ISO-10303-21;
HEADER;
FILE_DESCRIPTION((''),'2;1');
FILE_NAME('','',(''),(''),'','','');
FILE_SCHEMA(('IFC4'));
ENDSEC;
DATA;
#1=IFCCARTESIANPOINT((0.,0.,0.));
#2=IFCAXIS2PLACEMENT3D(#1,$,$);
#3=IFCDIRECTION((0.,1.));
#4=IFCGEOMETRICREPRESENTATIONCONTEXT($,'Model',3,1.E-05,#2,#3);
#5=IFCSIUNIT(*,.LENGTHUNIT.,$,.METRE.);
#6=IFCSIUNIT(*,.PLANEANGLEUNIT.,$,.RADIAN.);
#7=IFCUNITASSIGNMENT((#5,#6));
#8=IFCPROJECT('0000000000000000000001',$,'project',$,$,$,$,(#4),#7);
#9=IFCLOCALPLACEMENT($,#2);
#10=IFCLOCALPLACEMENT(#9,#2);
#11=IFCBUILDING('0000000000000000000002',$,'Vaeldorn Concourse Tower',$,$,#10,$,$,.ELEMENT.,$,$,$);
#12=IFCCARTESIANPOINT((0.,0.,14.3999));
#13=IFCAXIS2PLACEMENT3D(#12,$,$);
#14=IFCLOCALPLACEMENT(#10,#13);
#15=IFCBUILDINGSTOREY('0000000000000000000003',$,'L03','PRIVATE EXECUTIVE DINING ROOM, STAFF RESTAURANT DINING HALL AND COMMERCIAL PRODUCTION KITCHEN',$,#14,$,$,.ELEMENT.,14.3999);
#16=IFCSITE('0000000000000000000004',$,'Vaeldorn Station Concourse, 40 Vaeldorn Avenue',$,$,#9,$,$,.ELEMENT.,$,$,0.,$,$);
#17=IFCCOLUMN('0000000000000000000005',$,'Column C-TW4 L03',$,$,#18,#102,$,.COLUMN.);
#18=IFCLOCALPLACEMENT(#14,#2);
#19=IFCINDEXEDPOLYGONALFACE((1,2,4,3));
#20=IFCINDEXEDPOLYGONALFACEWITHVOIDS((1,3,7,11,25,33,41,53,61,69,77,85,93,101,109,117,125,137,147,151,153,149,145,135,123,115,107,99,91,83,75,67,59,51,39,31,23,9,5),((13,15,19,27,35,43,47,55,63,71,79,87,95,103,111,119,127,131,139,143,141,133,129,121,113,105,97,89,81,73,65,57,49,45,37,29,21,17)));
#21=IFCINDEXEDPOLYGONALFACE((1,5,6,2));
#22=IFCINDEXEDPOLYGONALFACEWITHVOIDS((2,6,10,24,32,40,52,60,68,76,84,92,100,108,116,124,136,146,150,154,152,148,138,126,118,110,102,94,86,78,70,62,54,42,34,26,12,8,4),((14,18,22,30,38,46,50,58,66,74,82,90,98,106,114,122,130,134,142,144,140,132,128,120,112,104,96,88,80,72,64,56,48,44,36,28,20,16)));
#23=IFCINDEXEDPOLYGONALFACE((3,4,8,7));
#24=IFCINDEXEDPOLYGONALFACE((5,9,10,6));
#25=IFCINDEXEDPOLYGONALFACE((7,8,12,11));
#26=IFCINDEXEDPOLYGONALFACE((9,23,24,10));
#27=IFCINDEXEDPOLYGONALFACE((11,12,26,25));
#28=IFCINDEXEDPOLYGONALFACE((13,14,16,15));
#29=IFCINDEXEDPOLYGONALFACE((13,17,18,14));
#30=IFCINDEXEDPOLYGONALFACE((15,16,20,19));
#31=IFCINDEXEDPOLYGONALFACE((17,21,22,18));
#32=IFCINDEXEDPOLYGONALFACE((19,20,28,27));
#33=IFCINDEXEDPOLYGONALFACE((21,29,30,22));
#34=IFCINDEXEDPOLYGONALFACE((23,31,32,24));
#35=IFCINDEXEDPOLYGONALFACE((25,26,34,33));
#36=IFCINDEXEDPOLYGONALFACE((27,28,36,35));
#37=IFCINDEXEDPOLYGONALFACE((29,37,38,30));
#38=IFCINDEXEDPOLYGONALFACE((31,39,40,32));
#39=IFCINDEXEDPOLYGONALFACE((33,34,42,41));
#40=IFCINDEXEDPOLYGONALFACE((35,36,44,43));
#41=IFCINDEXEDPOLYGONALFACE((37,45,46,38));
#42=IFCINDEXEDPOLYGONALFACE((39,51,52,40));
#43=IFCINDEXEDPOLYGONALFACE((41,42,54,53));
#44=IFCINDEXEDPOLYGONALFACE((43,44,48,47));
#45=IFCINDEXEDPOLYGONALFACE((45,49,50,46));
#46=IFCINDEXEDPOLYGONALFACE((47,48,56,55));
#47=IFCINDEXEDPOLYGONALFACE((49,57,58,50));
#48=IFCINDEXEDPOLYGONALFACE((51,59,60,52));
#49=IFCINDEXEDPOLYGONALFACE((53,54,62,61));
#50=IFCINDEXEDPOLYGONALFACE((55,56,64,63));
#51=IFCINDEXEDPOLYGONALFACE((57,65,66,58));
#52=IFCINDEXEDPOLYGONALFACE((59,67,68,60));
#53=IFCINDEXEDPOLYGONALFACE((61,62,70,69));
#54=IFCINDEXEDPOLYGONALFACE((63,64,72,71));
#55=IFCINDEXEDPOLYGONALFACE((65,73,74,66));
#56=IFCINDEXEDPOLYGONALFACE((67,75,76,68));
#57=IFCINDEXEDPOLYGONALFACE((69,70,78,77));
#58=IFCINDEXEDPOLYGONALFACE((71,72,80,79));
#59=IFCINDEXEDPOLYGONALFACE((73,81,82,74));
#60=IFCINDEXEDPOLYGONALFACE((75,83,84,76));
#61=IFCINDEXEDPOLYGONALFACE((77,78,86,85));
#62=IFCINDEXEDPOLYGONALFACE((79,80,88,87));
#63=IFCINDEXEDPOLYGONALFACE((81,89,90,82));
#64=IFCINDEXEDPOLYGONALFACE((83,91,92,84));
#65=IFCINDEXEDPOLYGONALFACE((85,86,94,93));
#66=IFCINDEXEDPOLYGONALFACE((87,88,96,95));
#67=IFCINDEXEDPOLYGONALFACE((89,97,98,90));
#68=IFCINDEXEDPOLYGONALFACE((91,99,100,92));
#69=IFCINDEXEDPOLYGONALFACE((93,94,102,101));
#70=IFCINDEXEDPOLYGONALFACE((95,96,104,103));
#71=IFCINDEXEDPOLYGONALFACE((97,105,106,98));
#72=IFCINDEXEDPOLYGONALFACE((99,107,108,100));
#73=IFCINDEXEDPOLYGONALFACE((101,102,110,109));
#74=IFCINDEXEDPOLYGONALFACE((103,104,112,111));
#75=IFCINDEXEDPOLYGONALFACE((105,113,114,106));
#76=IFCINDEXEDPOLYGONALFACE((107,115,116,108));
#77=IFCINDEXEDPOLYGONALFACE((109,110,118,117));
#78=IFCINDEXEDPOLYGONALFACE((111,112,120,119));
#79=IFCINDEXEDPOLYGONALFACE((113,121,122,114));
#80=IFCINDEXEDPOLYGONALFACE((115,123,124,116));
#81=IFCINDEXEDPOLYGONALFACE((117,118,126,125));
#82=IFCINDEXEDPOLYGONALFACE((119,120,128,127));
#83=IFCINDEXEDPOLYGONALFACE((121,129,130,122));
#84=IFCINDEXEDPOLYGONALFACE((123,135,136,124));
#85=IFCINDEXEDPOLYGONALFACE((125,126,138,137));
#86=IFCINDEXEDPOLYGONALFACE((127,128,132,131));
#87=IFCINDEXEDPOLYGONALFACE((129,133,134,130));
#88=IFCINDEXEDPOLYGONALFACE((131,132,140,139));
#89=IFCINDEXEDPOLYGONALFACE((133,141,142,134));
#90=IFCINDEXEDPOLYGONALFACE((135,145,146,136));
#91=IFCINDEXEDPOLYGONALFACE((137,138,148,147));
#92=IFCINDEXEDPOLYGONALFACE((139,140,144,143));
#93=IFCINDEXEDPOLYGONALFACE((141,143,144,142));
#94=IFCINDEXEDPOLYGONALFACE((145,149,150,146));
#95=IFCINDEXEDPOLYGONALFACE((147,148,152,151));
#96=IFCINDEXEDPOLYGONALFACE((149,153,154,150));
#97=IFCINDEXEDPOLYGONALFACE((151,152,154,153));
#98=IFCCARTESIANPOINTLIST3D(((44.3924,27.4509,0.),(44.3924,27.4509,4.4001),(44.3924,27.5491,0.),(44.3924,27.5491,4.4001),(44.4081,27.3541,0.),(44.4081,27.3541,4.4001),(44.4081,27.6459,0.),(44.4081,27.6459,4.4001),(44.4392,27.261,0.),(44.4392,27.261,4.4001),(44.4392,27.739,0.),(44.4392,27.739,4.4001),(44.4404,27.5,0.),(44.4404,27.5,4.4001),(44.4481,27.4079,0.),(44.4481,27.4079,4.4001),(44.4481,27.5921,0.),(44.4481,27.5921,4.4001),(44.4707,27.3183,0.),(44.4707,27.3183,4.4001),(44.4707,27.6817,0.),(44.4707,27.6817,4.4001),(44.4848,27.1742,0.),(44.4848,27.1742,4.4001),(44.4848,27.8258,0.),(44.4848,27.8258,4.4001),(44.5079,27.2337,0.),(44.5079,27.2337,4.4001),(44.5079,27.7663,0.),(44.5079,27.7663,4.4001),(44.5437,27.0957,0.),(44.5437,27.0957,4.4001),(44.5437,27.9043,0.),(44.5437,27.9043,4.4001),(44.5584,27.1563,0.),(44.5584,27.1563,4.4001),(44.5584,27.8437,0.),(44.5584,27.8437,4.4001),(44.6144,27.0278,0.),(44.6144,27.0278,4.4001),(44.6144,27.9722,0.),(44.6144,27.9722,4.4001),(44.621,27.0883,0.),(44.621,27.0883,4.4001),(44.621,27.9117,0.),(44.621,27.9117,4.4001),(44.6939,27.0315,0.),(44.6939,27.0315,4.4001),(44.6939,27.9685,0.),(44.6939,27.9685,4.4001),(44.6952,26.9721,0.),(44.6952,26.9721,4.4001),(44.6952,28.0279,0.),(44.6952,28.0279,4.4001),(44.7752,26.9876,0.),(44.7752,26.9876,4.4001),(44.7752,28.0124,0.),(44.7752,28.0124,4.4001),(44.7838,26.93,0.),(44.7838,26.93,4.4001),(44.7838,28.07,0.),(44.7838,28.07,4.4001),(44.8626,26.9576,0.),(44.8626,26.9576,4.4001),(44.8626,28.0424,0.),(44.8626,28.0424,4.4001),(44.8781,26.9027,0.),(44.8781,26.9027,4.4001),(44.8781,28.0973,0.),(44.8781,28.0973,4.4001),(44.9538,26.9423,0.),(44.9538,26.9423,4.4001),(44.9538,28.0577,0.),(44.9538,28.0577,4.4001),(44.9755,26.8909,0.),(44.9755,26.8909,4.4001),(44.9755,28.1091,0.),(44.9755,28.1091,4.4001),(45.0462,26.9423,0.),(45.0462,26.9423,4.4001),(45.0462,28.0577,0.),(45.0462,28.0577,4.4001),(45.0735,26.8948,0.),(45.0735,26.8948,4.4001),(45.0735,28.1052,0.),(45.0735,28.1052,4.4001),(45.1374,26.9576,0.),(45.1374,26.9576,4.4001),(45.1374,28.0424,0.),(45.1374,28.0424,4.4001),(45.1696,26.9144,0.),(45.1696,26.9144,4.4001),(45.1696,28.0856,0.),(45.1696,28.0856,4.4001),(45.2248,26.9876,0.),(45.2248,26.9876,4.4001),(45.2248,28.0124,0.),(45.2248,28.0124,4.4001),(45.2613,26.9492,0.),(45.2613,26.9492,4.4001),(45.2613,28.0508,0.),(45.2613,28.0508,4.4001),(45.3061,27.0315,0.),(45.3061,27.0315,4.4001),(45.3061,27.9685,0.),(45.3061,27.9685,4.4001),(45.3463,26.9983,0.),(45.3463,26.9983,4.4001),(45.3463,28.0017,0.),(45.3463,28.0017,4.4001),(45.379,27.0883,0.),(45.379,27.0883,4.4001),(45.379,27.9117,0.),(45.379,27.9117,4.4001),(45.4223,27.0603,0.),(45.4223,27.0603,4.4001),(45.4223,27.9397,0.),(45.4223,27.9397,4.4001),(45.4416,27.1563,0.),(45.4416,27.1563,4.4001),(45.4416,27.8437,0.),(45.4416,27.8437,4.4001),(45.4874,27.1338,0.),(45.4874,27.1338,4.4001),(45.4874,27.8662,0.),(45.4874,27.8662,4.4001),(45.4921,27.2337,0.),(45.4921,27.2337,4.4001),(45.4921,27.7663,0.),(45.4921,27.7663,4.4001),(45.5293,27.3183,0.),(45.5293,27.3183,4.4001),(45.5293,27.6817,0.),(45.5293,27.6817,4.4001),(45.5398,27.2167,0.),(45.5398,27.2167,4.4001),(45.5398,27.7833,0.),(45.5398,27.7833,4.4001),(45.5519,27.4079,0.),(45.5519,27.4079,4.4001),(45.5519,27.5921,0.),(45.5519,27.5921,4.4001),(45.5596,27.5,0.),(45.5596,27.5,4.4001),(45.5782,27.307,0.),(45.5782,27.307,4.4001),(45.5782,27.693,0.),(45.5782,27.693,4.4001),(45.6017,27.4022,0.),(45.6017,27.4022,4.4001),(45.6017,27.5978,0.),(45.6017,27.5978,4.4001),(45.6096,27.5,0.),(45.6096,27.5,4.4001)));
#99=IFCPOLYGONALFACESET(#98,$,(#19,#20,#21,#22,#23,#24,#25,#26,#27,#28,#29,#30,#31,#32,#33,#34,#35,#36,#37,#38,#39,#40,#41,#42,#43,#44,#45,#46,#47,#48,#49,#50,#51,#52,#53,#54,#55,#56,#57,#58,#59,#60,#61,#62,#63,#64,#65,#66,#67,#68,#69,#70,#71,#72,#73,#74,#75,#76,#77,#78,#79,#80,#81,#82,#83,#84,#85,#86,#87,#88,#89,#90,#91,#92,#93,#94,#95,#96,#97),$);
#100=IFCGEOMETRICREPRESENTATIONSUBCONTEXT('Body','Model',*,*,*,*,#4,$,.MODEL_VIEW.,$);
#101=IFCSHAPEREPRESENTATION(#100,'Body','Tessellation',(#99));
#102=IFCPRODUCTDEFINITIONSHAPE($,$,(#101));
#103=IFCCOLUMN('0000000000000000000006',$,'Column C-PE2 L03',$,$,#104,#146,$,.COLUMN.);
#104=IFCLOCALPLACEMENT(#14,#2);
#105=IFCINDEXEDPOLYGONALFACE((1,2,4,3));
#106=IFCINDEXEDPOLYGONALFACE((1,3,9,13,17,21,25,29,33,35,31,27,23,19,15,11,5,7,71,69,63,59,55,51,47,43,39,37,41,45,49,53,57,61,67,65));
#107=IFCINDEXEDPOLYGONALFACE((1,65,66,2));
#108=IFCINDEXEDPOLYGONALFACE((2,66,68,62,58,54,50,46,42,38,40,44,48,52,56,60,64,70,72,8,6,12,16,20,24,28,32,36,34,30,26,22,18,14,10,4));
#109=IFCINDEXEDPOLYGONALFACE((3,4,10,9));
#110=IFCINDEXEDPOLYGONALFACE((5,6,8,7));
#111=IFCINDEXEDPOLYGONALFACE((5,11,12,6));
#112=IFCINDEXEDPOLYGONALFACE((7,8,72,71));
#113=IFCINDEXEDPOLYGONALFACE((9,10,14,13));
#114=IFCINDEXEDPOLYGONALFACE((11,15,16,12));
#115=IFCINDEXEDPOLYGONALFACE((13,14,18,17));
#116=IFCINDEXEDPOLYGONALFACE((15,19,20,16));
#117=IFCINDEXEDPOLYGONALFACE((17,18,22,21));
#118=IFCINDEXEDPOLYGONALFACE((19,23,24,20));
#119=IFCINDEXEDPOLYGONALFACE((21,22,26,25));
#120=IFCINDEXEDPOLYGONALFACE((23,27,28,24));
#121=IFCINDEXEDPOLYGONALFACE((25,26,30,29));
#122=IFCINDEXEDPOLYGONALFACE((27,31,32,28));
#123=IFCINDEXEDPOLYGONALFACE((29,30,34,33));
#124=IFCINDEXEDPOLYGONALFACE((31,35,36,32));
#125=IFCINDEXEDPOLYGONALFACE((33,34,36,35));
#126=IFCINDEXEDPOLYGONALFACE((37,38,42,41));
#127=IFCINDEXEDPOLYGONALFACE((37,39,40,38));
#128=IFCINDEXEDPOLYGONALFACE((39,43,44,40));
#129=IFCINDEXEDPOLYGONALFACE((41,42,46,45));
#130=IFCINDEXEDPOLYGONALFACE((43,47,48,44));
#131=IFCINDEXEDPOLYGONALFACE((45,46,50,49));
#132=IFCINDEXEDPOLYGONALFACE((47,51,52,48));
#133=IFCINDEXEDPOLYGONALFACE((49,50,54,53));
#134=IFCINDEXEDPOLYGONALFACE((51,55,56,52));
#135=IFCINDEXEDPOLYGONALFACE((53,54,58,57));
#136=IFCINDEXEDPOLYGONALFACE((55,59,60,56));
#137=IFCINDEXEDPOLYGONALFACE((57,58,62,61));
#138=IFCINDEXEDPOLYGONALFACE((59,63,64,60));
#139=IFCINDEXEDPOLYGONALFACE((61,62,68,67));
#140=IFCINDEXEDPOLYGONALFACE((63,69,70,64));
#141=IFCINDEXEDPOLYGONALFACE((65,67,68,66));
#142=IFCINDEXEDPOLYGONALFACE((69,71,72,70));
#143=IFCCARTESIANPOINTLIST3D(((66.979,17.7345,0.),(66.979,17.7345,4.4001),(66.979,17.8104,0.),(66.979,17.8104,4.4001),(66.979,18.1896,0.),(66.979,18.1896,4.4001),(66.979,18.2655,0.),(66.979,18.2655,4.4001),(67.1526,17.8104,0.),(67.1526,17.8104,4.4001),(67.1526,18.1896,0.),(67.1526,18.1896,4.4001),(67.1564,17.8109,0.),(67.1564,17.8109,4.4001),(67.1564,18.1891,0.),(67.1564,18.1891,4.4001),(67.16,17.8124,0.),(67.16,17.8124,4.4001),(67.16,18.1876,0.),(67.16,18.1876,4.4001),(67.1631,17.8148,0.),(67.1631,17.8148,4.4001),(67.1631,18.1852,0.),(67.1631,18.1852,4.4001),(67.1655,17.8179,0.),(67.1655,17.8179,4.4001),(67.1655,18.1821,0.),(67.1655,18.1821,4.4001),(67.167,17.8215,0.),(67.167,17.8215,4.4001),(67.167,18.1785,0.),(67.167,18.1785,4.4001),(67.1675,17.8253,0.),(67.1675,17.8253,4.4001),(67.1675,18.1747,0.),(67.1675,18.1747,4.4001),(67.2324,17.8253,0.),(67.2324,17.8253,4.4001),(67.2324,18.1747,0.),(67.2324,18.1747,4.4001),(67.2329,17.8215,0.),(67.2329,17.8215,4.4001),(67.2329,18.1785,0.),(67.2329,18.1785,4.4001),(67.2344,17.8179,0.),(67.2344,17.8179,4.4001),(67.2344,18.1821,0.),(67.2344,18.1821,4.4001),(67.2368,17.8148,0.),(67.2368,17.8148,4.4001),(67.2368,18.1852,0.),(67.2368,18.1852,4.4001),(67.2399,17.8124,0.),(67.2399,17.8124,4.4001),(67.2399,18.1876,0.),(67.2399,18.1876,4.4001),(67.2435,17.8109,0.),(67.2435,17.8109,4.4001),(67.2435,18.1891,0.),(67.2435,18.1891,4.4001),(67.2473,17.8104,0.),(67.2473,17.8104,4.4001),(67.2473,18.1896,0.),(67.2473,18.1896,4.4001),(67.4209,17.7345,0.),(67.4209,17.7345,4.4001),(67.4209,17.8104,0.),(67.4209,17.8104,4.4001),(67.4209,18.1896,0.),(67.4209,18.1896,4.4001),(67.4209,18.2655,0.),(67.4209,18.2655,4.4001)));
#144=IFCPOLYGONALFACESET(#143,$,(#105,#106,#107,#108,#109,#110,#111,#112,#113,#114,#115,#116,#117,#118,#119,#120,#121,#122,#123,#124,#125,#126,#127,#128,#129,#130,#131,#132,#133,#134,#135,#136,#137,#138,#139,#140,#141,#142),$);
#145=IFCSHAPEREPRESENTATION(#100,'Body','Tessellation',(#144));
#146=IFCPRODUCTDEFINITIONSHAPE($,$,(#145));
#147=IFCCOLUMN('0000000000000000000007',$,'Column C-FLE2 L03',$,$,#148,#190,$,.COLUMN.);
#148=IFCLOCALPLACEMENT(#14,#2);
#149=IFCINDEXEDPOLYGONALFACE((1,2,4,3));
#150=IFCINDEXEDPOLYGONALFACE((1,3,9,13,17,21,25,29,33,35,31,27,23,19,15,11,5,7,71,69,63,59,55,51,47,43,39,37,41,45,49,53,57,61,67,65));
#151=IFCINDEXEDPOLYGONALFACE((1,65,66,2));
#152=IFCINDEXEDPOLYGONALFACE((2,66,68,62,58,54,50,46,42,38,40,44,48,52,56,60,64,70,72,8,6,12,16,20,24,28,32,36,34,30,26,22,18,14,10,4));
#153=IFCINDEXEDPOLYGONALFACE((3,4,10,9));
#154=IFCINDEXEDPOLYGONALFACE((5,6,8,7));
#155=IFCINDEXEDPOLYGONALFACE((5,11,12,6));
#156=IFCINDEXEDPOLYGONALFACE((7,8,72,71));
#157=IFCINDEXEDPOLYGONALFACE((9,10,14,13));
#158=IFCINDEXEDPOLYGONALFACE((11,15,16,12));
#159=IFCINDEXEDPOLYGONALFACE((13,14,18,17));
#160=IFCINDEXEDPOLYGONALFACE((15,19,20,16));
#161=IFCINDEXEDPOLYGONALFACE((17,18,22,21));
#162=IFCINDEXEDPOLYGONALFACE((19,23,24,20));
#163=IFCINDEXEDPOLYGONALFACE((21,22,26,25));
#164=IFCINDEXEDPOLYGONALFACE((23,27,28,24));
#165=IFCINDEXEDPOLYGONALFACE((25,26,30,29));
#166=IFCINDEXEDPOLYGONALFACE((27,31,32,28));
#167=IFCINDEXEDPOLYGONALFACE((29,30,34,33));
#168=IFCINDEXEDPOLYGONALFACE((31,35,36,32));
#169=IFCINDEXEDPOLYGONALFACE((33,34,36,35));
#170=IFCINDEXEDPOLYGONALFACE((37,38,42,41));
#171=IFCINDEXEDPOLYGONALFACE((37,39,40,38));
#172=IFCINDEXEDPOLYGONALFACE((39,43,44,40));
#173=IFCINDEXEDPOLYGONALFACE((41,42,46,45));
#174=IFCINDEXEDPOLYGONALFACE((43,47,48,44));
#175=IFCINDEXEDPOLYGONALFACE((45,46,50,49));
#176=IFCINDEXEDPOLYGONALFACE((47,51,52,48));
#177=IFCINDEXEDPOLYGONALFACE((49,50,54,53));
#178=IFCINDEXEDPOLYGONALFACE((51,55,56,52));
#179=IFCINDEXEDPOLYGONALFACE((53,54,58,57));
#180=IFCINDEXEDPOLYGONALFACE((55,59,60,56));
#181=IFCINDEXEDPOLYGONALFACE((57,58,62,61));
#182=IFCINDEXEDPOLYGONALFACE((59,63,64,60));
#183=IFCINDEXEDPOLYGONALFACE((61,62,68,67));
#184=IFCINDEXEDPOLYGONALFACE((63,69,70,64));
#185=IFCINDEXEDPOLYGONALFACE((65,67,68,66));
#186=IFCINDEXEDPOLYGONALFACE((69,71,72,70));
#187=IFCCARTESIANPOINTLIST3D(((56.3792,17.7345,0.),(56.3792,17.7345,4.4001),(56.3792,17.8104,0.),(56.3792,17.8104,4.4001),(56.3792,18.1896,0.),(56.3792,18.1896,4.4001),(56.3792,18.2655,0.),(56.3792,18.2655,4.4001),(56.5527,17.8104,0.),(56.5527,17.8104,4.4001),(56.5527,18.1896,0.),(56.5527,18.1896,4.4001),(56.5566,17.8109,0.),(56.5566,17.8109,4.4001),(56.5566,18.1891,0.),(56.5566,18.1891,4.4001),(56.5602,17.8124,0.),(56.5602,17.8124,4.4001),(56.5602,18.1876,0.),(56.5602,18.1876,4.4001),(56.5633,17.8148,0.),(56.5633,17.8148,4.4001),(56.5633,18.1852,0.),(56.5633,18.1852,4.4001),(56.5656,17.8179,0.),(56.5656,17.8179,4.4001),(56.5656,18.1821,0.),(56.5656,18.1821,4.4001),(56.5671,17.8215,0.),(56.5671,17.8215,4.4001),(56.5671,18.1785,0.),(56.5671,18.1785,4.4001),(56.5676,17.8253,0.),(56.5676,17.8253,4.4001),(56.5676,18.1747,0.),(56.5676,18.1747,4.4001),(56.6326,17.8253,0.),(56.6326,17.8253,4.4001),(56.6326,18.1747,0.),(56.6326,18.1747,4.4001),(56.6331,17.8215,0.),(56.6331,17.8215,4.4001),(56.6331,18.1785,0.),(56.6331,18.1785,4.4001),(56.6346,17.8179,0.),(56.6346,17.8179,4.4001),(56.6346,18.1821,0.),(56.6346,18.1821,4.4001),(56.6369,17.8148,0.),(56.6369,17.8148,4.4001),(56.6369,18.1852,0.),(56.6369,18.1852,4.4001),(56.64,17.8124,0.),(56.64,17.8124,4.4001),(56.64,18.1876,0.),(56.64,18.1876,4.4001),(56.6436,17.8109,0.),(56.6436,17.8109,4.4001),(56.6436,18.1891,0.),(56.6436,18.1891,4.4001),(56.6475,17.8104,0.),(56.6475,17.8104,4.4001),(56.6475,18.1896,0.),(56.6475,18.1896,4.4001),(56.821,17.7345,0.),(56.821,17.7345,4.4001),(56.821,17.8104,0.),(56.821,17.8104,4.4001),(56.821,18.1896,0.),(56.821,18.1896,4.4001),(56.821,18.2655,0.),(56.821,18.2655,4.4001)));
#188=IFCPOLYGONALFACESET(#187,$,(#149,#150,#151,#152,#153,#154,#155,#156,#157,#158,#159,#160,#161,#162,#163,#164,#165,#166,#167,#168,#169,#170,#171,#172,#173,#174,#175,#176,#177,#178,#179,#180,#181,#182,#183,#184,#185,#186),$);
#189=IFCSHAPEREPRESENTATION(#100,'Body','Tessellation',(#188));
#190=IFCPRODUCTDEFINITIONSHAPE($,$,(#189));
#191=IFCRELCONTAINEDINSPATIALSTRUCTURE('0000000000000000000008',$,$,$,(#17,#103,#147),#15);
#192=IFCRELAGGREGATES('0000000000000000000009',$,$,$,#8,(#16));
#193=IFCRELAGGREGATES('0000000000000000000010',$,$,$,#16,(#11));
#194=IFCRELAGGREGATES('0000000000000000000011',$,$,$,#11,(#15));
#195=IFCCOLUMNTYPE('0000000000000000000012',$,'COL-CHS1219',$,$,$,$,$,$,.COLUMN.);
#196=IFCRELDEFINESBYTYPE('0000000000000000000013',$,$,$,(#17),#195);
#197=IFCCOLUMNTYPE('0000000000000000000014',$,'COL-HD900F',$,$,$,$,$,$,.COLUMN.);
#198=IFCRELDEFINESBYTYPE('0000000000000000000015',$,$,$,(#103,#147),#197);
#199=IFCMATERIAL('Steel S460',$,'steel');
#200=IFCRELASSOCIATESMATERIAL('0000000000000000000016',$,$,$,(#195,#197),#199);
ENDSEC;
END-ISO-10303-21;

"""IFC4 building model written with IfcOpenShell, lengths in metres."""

from ifc_helpers import new_model, si_unit, direction, frame, origin, origin_2d, place, context, subcontext, project, spatial, hollow_circle, i_section, extrude, source, transform, mapped, material, material_profile, profile_set, type_object, element, save


model = new_model("IFC4")

# Units and contexts
model_context = context("Model", 3, precision=1e-05, world=origin(), true_north=direction((0.0, 1.0)))
body_context = subcontext(model_context, "Body", "Model", "MODEL_VIEW")
ifc_project = project(units=[si_unit("LENGTHUNIT", "METRE"), si_unit("PLANEANGLEUNIT", "RADIAN")], contexts=[model_context])

# Site, building, storey
site_placement = place(None, origin())
site = spatial("IfcSite", under=ifc_project, at=site_placement, Name="Vaeldorn Station Concourse, 40 Vaeldorn Avenue", CompositionType="ELEMENT", RefElevation=0.0)
building_placement = place(site_placement, origin())
building = spatial("IfcBuilding", under=site, at=building_placement, Name="Vaeldorn Concourse Tower", CompositionType="ELEMENT")
storey_placement = place(building_placement, frame((0.0, 0.0, 14.3999)))
storey = spatial("IfcBuildingStorey", under=building, at=storey_placement, Name="L03", Description="PRIVATE EXECUTIVE DINING ROOM, STAFF RESTAURANT DINING HALL AND COMMERCIAL PRODUCTION KITCHEN", CompositionType="ELEMENT", Elevation=14.3999)

# Columns
ifc_material_1 = material(Name="Steel S460", Category="steel")
ifc_material_profile_1 = material_profile(ifc_material_1, hollow_circle(Radius=0.6096, WallThickness=0.05, at=origin_2d()), Name="CHS 1219x50")
ifc_profile_set_1 = profile_set([ifc_material_profile_1], Name="Steel S460")
column_type_1 = type_object("IfcColumnType", Name="COL-CHS1219", PredefinedType="COLUMN", material=ifc_profile_set_1)
shared_shape_1 = source(origin(), body_context, "Body", "SweptSolid", [
    extrude(hollow_circle(Radius=0.6096, WallThickness=0.05, at=origin_2d()), origin(), (0.0, 0.0, 1.0), 4.4001),
])
column_placement = place(storey_placement, frame((45.0, 27.5, 0.0), z_axis=(0.0, 0.0, 1.0), x_axis=(1.0, 0.0, 0.0)))
element("IfcColumn", 1, at=column_placement, inside=storey, type_object=column_type_1, Name="Column C-TW4 L03", PredefinedType="COLUMN", context=body_context, shape_type="MappedRepresentation", body=[
    mapped(shared_shape_1, transform((0.0, 0.0, 0.0), scale=1.0)),
])
ifc_material_profile_2 = material_profile(ifc_material_1, i_section(OverallWidth=0.4419, OverallDepth=0.531, WebThickness=0.0649, FlangeThickness=0.0759, FilletRadius=0.0149, at=origin_2d()), Name="HD 400x900")
ifc_profile_set_2 = profile_set([ifc_material_profile_2], Name="Steel S460")
column_type_2 = type_object("IfcColumnType", Name="COL-HD900F", PredefinedType="COLUMN", material=ifc_profile_set_2)
shared_shape_2 = source(origin(), body_context, "Body", "SweptSolid", [
    extrude(i_section(OverallWidth=0.4419, OverallDepth=0.531, WebThickness=0.0649, FlangeThickness=0.0759, FilletRadius=0.0149, at=origin_2d()), origin(), (0.0, 0.0, 1.0), 4.4001),
])
for number, where, z_axis, x_axis, name in (
    (2, (67.2, 18.0, 0.0), (0.0, 0.0, 1.0), (1.0, 0.0, 0.0), "Column C-PE2 L03"),
    (3, (56.6001, 18.0, 0.0), (0.0, 0.0, 1.0), (1.0, 0.0, 0.0), "Column C-FLE2 L03"),
):
    element("IfcColumn", number, at=place(storey_placement, frame(where, z_axis=z_axis, x_axis=x_axis)), inside=storey, type_object=column_type_2, Name=name, PredefinedType="COLUMN", context=body_context, shape_type="MappedRepresentation", body=[
        mapped(shared_shape_2, transform((0.0, 0.0, 0.0), scale=1.0)),
    ])

save(model, "model.ifc")
